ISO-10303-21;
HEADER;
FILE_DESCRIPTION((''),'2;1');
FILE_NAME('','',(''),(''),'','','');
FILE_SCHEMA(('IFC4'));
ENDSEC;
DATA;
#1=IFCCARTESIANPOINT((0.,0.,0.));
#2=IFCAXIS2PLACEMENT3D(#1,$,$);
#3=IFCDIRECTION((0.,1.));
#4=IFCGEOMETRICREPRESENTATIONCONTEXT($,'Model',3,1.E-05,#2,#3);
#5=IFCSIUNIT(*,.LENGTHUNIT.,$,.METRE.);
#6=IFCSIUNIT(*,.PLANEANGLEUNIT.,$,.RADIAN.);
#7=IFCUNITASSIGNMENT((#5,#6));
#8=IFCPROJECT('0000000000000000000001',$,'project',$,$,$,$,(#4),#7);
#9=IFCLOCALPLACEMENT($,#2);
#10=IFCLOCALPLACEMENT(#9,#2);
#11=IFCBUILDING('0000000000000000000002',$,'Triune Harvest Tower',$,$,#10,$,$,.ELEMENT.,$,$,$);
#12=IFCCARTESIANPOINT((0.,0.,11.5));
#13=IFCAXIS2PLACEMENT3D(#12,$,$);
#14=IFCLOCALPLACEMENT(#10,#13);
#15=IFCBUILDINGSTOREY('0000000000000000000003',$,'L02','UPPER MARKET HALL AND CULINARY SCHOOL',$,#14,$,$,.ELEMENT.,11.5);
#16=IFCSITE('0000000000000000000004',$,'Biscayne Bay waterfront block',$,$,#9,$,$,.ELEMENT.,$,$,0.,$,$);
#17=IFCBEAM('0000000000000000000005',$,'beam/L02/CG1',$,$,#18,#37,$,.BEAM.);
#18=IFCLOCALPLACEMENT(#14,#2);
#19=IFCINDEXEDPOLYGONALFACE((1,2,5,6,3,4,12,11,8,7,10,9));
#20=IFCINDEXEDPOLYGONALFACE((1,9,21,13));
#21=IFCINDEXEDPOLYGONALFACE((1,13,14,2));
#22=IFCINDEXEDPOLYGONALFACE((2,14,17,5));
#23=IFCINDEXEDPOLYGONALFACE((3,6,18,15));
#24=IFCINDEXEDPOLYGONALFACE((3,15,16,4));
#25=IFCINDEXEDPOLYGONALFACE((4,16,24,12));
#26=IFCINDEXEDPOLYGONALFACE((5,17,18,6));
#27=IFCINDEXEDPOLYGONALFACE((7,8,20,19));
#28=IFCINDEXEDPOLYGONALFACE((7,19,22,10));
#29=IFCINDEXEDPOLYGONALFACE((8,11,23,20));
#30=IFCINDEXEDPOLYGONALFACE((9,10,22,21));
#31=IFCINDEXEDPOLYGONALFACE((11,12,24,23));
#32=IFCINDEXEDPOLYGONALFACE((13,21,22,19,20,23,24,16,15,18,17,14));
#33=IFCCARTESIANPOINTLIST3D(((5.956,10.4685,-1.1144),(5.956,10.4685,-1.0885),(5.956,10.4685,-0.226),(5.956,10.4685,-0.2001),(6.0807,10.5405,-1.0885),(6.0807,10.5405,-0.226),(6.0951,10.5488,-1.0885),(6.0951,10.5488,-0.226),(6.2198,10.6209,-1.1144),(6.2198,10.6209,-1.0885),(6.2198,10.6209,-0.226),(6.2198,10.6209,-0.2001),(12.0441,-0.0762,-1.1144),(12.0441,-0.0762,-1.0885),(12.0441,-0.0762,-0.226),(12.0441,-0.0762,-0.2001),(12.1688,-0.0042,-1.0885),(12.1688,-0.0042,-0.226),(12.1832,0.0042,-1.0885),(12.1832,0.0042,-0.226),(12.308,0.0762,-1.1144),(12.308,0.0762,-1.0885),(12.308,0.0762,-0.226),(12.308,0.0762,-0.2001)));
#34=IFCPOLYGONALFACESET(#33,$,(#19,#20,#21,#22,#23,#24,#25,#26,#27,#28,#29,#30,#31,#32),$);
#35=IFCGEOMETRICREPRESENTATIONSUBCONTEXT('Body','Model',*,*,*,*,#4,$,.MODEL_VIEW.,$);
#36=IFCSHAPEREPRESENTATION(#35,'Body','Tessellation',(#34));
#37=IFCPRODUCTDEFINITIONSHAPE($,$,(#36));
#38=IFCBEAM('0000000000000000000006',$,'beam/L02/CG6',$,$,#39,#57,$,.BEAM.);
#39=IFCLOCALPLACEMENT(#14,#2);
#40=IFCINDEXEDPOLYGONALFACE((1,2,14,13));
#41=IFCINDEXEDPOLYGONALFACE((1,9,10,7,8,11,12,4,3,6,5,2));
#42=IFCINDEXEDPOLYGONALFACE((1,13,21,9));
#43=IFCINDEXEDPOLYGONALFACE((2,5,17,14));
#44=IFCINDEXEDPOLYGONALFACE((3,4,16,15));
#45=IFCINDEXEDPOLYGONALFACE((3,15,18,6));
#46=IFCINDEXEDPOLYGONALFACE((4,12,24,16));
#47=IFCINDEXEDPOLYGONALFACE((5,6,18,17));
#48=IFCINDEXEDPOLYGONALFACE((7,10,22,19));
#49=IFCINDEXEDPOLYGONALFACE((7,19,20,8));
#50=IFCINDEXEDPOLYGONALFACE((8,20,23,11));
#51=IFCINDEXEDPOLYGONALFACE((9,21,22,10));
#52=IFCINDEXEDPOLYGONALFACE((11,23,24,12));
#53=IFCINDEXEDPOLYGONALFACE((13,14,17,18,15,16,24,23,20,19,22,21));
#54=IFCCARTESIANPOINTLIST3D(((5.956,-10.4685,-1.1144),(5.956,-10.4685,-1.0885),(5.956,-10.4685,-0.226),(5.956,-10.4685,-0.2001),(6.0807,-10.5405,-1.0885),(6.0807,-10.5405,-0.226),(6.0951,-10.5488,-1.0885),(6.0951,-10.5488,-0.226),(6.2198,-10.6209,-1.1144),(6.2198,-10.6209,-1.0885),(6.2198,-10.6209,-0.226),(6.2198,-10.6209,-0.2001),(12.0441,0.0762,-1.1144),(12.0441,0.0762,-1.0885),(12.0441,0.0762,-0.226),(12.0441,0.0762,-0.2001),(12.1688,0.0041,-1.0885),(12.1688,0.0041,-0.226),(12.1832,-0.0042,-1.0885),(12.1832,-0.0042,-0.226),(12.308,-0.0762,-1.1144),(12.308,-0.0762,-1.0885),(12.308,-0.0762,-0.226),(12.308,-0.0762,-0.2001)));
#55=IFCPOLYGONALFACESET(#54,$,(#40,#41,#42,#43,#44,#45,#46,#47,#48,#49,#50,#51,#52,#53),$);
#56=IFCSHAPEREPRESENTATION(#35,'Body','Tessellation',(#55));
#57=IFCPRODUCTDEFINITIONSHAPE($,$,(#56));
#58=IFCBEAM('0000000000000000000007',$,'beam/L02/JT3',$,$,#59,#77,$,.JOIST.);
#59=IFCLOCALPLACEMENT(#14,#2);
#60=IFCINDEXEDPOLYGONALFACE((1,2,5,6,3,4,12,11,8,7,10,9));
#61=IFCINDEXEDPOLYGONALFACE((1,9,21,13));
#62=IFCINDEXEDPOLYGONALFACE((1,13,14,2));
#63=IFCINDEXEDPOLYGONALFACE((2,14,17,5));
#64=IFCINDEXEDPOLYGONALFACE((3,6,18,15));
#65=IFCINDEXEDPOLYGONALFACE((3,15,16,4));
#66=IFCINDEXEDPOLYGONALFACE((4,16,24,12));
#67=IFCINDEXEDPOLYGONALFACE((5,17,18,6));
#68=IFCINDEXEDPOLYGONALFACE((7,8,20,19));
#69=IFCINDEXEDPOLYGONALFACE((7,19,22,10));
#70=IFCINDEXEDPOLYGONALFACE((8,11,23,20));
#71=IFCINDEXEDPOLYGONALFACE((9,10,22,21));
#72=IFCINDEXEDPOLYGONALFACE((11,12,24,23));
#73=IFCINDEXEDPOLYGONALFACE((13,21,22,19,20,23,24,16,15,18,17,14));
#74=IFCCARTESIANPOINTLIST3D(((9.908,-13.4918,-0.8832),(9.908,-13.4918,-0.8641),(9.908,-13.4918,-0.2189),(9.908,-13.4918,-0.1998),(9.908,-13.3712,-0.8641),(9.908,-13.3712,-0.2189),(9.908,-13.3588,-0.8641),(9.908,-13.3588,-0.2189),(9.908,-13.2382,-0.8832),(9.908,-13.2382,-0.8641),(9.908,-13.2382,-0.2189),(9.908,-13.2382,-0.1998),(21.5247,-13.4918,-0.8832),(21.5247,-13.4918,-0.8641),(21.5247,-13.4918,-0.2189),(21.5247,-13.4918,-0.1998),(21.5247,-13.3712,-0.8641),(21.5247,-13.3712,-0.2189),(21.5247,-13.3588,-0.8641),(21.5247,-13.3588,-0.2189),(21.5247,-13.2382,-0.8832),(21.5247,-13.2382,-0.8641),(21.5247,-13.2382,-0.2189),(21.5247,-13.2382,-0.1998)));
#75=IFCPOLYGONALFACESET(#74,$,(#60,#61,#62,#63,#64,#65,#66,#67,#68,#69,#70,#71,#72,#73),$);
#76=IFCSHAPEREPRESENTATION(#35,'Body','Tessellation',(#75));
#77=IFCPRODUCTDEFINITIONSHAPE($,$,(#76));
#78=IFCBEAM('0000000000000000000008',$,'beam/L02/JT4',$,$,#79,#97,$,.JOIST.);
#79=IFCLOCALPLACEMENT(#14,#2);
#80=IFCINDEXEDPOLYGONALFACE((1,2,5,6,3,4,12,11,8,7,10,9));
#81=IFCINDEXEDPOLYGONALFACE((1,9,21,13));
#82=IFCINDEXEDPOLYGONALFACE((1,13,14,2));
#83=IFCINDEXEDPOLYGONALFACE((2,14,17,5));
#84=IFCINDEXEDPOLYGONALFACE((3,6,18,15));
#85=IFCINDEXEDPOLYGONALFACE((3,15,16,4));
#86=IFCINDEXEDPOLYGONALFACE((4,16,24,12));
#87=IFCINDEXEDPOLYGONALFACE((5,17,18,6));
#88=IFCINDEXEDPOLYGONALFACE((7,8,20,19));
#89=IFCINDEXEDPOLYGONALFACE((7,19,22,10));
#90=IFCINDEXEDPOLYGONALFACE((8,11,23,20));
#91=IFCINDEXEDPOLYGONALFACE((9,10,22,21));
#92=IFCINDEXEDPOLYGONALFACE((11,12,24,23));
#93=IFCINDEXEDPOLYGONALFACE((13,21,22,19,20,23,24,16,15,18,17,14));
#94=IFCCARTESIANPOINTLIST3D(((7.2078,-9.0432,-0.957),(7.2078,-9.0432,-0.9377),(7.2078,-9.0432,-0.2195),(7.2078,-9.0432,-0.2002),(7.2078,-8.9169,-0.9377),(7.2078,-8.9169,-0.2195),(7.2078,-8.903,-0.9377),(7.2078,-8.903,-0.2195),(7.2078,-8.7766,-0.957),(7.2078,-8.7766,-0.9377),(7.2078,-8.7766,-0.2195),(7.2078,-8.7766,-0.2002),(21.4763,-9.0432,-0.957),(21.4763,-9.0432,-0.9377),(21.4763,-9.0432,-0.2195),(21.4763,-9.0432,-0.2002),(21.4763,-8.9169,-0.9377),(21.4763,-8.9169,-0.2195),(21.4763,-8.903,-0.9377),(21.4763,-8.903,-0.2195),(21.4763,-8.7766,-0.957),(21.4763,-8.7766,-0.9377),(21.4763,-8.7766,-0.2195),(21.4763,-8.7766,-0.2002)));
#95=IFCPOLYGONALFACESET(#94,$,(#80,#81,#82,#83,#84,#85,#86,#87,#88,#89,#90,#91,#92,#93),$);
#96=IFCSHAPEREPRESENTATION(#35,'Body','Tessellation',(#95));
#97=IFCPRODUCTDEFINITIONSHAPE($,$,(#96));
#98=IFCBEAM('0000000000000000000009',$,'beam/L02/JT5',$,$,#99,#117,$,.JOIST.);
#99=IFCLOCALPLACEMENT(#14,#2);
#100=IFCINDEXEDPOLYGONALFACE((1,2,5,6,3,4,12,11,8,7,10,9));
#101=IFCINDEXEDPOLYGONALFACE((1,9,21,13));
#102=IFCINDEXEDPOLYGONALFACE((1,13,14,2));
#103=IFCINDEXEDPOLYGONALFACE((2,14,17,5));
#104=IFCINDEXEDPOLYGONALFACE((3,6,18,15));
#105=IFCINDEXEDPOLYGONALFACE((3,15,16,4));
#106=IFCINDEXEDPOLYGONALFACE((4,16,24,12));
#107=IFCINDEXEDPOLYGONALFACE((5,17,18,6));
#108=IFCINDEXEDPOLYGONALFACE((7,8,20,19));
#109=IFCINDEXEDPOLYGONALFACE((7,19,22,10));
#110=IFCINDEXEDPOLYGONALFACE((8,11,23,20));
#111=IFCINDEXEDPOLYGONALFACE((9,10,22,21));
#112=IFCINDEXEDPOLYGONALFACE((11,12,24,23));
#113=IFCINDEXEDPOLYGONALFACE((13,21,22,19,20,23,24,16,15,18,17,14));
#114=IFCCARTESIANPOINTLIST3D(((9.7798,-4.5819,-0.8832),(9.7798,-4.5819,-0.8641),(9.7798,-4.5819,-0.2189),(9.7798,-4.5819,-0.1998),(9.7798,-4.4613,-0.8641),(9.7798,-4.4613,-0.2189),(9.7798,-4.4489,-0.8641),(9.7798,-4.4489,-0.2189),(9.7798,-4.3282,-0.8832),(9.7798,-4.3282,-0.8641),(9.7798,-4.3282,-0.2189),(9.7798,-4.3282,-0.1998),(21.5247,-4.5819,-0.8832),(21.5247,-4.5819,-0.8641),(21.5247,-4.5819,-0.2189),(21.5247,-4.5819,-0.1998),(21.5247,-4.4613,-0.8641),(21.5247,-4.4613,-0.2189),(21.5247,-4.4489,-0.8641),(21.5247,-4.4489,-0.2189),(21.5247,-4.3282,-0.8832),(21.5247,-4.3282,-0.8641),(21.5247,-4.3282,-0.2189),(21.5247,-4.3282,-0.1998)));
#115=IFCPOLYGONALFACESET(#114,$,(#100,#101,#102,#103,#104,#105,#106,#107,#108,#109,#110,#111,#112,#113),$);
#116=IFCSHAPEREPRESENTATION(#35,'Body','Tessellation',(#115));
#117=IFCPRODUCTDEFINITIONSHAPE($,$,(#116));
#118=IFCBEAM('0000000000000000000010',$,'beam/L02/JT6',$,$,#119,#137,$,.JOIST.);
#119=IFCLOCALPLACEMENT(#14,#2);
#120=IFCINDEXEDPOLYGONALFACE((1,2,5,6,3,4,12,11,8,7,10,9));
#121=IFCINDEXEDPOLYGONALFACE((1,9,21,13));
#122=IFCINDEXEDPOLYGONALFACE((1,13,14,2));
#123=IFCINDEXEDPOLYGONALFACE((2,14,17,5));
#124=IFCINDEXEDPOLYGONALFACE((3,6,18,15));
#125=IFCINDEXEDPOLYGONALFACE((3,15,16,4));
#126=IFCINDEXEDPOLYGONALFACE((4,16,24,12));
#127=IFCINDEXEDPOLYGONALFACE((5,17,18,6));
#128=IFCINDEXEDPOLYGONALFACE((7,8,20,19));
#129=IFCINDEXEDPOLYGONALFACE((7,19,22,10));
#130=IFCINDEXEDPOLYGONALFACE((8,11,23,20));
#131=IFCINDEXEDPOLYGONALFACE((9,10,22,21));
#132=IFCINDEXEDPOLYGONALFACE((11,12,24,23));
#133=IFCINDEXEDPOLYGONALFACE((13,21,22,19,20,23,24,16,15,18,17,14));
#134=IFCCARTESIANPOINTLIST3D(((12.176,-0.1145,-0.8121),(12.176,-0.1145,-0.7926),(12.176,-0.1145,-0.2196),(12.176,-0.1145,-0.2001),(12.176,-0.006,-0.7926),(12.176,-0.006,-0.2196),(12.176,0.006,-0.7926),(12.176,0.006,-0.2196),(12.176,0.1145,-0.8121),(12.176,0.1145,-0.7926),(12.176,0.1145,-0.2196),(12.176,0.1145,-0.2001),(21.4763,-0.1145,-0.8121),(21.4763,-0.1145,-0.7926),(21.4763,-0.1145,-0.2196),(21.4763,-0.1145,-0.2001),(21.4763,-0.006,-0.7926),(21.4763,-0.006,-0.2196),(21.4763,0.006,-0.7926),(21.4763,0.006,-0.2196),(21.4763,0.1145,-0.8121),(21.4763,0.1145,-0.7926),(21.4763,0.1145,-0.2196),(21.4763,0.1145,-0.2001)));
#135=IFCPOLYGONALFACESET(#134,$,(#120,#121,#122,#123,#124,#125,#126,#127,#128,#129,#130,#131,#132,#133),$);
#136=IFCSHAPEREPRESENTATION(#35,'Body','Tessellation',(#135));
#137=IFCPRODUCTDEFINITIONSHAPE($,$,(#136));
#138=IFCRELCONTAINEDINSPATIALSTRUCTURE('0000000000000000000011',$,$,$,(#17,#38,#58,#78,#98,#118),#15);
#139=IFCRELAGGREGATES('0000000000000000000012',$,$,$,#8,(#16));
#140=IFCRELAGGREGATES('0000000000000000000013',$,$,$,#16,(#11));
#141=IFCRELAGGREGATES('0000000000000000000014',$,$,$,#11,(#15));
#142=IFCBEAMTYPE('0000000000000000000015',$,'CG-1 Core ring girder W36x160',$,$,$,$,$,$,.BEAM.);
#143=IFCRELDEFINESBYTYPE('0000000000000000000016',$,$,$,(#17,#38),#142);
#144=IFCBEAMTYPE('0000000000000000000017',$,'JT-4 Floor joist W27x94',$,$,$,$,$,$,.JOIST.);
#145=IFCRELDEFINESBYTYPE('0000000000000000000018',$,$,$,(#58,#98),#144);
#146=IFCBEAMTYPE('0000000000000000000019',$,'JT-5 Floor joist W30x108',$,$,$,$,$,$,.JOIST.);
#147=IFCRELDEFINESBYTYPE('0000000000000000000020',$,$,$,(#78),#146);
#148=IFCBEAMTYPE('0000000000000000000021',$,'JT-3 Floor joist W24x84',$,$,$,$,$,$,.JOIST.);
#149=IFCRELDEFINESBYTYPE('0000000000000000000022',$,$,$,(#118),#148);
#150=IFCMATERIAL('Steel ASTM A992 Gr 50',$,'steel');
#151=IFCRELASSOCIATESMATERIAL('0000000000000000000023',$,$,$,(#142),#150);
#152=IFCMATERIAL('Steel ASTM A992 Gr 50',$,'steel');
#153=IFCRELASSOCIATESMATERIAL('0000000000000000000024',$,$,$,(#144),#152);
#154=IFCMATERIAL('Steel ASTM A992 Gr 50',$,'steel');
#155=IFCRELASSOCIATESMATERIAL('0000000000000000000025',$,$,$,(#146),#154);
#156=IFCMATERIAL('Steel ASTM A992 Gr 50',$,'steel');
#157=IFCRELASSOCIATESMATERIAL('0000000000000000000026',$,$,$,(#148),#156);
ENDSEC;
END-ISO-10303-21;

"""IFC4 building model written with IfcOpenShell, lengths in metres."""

from ifc_helpers import new_model, si_unit, direction, frame, origin, origin_2d, place, context, subcontext, project, spatial, i_section, extrude, source, transform, mapped, material, material_profile, profile_set, type_object, element, save


model = new_model("IFC4")

# Units and contexts
model_context = context("Model", 3, precision=1e-05, world=origin(), true_north=direction((0.0, 1.0)))
body_context = subcontext(model_context, "Body", "Model", "MODEL_VIEW")
ifc_project = project(units=[si_unit("LENGTHUNIT", "METRE"), si_unit("PLANEANGLEUNIT", "RADIAN")], contexts=[model_context])

# Site, building, storey
site_placement = place(None, origin())
site = spatial("IfcSite", under=ifc_project, at=site_placement, Name="Biscayne Bay waterfront block", CompositionType="ELEMENT", RefElevation=0.0)
building_placement = place(site_placement, origin())
building = spatial("IfcBuilding", under=site, at=building_placement, Name="Triune Harvest Tower", CompositionType="ELEMENT")
storey_placement = place(building_placement, frame((0.0, 0.0, 11.5)))
storey = spatial("IfcBuildingStorey", under=building, at=storey_placement, Name="L02", Description="UPPER MARKET HALL AND CULINARY SCHOOL", CompositionType="ELEMENT", Elevation=11.5)

# Beams
ifc_material_1 = material(Name="Steel ASTM A992 Gr 50", Category="steel")
ifc_material_profile_1 = material_profile(ifc_material_1, i_section(OverallWidth=0.3047, OverallDepth=0.9143, WebThickness=0.0166, FlangeThickness=0.0259, at=origin_2d()), Name="W36x160")
ifc_profile_set_1 = profile_set([ifc_material_profile_1], Name="Steel ASTM A992 Gr 50")
beam_type_1 = type_object("IfcBeamType", Name="CG-1 Core ring girder W36x160", PredefinedType="BEAM", material=ifc_profile_set_1)
shared_shape_1 = source(origin(), body_context, "Body", "SweptSolid", [
    extrude(i_section(OverallWidth=0.3047, OverallDepth=0.9143, WebThickness=0.0166, FlangeThickness=0.0259, at=origin_2d()), origin(), (0.0, 0.0, 1.0), 12.176),
])
for number, where, z_axis, x_axis, name in (
    (1, (12.176, 0.0, -0.6572), (-0.50001, 0.86602, 0.0), (-0.86602, -0.50001, 0.0), "beam/L02/CG1"),
    (2, (6.0879, -10.5447, -0.6572), (0.50001, 0.86602, 0.0), (-0.86602, 0.50001, 0.0), "beam/L02/CG6"),
):
    element("IfcBeam", number, at=place(storey_placement, frame(where, z_axis=z_axis, x_axis=x_axis)), inside=storey, type_object=beam_type_1, Name=name, PredefinedType="BEAM", context=body_context, shape_type="MappedRepresentation", body=[
        mapped(shared_shape_1, transform((0.0, 0.0, 0.0), scale=1.0)),
    ])
ifc_material_2 = material(Name="Steel ASTM A992 Gr 50", Category="steel")
ifc_material_profile_2 = material_profile(ifc_material_2, i_section(OverallWidth=0.2537, OverallDepth=0.6833, WebThickness=0.0125, FlangeThickness=0.019, at=origin_2d()), Name="W27x94")
ifc_profile_set_2 = profile_set([ifc_material_profile_2], Name="Steel ASTM A992 Gr 50")
beam_type_2 = type_object("IfcBeamType", Name="JT-4 Floor joist W27x94", PredefinedType="JOIST", material=ifc_profile_set_2)
shared_shape_2 = source(origin(), body_context, "Body", "SweptSolid", [
    extrude(i_section(OverallWidth=0.2537, OverallDepth=0.6833, WebThickness=0.0125, FlangeThickness=0.019, at=origin_2d()), origin(), (0.0, 0.0, 1.0), 11.6167),
])
beam_1_placement = place(storey_placement, frame((21.5247, -13.365, -0.5415), z_axis=(-1.0, 0.0, 0.0), x_axis=(0.0, -1.0, 0.0)))
element("IfcBeam", 3, at=beam_1_placement, inside=storey, type_object=beam_type_2, Name="beam/L02/JT3", PredefinedType="JOIST", context=body_context, shape_type="MappedRepresentation", body=[
    mapped(shared_shape_2, transform((0.0, 0.0, 0.0), scale=1.0)),
])
ifc_material_3 = material(Name="Steel ASTM A992 Gr 50", Category="steel")
ifc_material_profile_3 = material_profile(ifc_material_3, i_section(OverallWidth=0.2666, OverallDepth=0.7568, WebThickness=0.0139, FlangeThickness=0.0193, at=origin_2d()), Name="W30x108")
ifc_profile_set_3 = profile_set([ifc_material_profile_3], Name="Steel ASTM A992 Gr 50")
beam_type_3 = type_object("IfcBeamType", Name="JT-5 Floor joist W30x108", PredefinedType="JOIST", material=ifc_profile_set_3)
shared_shape_3 = source(origin(), body_context, "Body", "SweptSolid", [
    extrude(i_section(OverallWidth=0.2666, OverallDepth=0.7568, WebThickness=0.0139, FlangeThickness=0.0193, at=origin_2d()), origin(), (0.0, 0.0, 1.0), 14.2686),
])
beam_2_placement = place(storey_placement, frame((21.4763, -8.9099, -0.5786), z_axis=(-1.0, 0.0, 0.0), x_axis=(0.0, -1.0, 0.0)))
element("IfcBeam", 4, at=beam_2_placement, inside=storey, type_object=beam_type_3, Name="beam/L02/JT4", PredefinedType="JOIST", context=body_context, shape_type="MappedRepresentation", body=[
    mapped(shared_shape_3, transform((0.0, 0.0, 0.0), scale=1.0)),
])
shared_shape_4 = source(origin(), body_context, "Body", "SweptSolid", [
    extrude(i_section(OverallWidth=0.2537, OverallDepth=0.6833, WebThickness=0.0125, FlangeThickness=0.019, at=origin_2d()), origin(), (0.0, 0.0, 1.0), 11.7449),
])
beam_3_placement = place(storey_placement, frame((21.5247, -4.4551, -0.5415), z_axis=(-1.0, 0.0, 0.0), x_axis=(0.0, -1.0, 0.0)))
element("IfcBeam", 5, at=beam_3_placement, inside=storey, type_object=beam_type_2, Name="beam/L02/JT5", PredefinedType="JOIST", context=body_context, shape_type="MappedRepresentation", body=[
    mapped(shared_shape_4, transform((0.0, 0.0, 0.0), scale=1.0)),
])
ifc_material_4 = material(Name="Steel ASTM A992 Gr 50", Category="steel")
ifc_material_profile_4 = material_profile(ifc_material_4, i_section(OverallWidth=0.229, OverallDepth=0.6121, WebThickness=0.012, FlangeThickness=0.0195, at=origin_2d()), Name="W24x84")
ifc_profile_set_4 = profile_set([ifc_material_profile_4], Name="Steel ASTM A992 Gr 50")
beam_type_4 = type_object("IfcBeamType", Name="JT-3 Floor joist W24x84", PredefinedType="JOIST", material=ifc_profile_set_4)
shared_shape_5 = source(origin(), body_context, "Body", "SweptSolid", [
    extrude(i_section(OverallWidth=0.229, OverallDepth=0.6121, WebThickness=0.012, FlangeThickness=0.0195, at=origin_2d()), origin(), (0.0, 0.0, 1.0), 9.3003),
])
beam_4_placement = place(storey_placement, frame((21.4763, 0.0, -0.5061), z_axis=(-1.0, 0.0, 0.0), x_axis=(0.0, -1.0, 0.0)))
element("IfcBeam", 6, at=beam_4_placement, inside=storey, type_object=beam_type_4, Name="beam/L02/JT6", PredefinedType="JOIST", context=body_context, shape_type="MappedRepresentation", body=[
    mapped(shared_shape_5, transform((0.0, 0.0, 0.0), scale=1.0)),
])

save(model, "model.ifc")
